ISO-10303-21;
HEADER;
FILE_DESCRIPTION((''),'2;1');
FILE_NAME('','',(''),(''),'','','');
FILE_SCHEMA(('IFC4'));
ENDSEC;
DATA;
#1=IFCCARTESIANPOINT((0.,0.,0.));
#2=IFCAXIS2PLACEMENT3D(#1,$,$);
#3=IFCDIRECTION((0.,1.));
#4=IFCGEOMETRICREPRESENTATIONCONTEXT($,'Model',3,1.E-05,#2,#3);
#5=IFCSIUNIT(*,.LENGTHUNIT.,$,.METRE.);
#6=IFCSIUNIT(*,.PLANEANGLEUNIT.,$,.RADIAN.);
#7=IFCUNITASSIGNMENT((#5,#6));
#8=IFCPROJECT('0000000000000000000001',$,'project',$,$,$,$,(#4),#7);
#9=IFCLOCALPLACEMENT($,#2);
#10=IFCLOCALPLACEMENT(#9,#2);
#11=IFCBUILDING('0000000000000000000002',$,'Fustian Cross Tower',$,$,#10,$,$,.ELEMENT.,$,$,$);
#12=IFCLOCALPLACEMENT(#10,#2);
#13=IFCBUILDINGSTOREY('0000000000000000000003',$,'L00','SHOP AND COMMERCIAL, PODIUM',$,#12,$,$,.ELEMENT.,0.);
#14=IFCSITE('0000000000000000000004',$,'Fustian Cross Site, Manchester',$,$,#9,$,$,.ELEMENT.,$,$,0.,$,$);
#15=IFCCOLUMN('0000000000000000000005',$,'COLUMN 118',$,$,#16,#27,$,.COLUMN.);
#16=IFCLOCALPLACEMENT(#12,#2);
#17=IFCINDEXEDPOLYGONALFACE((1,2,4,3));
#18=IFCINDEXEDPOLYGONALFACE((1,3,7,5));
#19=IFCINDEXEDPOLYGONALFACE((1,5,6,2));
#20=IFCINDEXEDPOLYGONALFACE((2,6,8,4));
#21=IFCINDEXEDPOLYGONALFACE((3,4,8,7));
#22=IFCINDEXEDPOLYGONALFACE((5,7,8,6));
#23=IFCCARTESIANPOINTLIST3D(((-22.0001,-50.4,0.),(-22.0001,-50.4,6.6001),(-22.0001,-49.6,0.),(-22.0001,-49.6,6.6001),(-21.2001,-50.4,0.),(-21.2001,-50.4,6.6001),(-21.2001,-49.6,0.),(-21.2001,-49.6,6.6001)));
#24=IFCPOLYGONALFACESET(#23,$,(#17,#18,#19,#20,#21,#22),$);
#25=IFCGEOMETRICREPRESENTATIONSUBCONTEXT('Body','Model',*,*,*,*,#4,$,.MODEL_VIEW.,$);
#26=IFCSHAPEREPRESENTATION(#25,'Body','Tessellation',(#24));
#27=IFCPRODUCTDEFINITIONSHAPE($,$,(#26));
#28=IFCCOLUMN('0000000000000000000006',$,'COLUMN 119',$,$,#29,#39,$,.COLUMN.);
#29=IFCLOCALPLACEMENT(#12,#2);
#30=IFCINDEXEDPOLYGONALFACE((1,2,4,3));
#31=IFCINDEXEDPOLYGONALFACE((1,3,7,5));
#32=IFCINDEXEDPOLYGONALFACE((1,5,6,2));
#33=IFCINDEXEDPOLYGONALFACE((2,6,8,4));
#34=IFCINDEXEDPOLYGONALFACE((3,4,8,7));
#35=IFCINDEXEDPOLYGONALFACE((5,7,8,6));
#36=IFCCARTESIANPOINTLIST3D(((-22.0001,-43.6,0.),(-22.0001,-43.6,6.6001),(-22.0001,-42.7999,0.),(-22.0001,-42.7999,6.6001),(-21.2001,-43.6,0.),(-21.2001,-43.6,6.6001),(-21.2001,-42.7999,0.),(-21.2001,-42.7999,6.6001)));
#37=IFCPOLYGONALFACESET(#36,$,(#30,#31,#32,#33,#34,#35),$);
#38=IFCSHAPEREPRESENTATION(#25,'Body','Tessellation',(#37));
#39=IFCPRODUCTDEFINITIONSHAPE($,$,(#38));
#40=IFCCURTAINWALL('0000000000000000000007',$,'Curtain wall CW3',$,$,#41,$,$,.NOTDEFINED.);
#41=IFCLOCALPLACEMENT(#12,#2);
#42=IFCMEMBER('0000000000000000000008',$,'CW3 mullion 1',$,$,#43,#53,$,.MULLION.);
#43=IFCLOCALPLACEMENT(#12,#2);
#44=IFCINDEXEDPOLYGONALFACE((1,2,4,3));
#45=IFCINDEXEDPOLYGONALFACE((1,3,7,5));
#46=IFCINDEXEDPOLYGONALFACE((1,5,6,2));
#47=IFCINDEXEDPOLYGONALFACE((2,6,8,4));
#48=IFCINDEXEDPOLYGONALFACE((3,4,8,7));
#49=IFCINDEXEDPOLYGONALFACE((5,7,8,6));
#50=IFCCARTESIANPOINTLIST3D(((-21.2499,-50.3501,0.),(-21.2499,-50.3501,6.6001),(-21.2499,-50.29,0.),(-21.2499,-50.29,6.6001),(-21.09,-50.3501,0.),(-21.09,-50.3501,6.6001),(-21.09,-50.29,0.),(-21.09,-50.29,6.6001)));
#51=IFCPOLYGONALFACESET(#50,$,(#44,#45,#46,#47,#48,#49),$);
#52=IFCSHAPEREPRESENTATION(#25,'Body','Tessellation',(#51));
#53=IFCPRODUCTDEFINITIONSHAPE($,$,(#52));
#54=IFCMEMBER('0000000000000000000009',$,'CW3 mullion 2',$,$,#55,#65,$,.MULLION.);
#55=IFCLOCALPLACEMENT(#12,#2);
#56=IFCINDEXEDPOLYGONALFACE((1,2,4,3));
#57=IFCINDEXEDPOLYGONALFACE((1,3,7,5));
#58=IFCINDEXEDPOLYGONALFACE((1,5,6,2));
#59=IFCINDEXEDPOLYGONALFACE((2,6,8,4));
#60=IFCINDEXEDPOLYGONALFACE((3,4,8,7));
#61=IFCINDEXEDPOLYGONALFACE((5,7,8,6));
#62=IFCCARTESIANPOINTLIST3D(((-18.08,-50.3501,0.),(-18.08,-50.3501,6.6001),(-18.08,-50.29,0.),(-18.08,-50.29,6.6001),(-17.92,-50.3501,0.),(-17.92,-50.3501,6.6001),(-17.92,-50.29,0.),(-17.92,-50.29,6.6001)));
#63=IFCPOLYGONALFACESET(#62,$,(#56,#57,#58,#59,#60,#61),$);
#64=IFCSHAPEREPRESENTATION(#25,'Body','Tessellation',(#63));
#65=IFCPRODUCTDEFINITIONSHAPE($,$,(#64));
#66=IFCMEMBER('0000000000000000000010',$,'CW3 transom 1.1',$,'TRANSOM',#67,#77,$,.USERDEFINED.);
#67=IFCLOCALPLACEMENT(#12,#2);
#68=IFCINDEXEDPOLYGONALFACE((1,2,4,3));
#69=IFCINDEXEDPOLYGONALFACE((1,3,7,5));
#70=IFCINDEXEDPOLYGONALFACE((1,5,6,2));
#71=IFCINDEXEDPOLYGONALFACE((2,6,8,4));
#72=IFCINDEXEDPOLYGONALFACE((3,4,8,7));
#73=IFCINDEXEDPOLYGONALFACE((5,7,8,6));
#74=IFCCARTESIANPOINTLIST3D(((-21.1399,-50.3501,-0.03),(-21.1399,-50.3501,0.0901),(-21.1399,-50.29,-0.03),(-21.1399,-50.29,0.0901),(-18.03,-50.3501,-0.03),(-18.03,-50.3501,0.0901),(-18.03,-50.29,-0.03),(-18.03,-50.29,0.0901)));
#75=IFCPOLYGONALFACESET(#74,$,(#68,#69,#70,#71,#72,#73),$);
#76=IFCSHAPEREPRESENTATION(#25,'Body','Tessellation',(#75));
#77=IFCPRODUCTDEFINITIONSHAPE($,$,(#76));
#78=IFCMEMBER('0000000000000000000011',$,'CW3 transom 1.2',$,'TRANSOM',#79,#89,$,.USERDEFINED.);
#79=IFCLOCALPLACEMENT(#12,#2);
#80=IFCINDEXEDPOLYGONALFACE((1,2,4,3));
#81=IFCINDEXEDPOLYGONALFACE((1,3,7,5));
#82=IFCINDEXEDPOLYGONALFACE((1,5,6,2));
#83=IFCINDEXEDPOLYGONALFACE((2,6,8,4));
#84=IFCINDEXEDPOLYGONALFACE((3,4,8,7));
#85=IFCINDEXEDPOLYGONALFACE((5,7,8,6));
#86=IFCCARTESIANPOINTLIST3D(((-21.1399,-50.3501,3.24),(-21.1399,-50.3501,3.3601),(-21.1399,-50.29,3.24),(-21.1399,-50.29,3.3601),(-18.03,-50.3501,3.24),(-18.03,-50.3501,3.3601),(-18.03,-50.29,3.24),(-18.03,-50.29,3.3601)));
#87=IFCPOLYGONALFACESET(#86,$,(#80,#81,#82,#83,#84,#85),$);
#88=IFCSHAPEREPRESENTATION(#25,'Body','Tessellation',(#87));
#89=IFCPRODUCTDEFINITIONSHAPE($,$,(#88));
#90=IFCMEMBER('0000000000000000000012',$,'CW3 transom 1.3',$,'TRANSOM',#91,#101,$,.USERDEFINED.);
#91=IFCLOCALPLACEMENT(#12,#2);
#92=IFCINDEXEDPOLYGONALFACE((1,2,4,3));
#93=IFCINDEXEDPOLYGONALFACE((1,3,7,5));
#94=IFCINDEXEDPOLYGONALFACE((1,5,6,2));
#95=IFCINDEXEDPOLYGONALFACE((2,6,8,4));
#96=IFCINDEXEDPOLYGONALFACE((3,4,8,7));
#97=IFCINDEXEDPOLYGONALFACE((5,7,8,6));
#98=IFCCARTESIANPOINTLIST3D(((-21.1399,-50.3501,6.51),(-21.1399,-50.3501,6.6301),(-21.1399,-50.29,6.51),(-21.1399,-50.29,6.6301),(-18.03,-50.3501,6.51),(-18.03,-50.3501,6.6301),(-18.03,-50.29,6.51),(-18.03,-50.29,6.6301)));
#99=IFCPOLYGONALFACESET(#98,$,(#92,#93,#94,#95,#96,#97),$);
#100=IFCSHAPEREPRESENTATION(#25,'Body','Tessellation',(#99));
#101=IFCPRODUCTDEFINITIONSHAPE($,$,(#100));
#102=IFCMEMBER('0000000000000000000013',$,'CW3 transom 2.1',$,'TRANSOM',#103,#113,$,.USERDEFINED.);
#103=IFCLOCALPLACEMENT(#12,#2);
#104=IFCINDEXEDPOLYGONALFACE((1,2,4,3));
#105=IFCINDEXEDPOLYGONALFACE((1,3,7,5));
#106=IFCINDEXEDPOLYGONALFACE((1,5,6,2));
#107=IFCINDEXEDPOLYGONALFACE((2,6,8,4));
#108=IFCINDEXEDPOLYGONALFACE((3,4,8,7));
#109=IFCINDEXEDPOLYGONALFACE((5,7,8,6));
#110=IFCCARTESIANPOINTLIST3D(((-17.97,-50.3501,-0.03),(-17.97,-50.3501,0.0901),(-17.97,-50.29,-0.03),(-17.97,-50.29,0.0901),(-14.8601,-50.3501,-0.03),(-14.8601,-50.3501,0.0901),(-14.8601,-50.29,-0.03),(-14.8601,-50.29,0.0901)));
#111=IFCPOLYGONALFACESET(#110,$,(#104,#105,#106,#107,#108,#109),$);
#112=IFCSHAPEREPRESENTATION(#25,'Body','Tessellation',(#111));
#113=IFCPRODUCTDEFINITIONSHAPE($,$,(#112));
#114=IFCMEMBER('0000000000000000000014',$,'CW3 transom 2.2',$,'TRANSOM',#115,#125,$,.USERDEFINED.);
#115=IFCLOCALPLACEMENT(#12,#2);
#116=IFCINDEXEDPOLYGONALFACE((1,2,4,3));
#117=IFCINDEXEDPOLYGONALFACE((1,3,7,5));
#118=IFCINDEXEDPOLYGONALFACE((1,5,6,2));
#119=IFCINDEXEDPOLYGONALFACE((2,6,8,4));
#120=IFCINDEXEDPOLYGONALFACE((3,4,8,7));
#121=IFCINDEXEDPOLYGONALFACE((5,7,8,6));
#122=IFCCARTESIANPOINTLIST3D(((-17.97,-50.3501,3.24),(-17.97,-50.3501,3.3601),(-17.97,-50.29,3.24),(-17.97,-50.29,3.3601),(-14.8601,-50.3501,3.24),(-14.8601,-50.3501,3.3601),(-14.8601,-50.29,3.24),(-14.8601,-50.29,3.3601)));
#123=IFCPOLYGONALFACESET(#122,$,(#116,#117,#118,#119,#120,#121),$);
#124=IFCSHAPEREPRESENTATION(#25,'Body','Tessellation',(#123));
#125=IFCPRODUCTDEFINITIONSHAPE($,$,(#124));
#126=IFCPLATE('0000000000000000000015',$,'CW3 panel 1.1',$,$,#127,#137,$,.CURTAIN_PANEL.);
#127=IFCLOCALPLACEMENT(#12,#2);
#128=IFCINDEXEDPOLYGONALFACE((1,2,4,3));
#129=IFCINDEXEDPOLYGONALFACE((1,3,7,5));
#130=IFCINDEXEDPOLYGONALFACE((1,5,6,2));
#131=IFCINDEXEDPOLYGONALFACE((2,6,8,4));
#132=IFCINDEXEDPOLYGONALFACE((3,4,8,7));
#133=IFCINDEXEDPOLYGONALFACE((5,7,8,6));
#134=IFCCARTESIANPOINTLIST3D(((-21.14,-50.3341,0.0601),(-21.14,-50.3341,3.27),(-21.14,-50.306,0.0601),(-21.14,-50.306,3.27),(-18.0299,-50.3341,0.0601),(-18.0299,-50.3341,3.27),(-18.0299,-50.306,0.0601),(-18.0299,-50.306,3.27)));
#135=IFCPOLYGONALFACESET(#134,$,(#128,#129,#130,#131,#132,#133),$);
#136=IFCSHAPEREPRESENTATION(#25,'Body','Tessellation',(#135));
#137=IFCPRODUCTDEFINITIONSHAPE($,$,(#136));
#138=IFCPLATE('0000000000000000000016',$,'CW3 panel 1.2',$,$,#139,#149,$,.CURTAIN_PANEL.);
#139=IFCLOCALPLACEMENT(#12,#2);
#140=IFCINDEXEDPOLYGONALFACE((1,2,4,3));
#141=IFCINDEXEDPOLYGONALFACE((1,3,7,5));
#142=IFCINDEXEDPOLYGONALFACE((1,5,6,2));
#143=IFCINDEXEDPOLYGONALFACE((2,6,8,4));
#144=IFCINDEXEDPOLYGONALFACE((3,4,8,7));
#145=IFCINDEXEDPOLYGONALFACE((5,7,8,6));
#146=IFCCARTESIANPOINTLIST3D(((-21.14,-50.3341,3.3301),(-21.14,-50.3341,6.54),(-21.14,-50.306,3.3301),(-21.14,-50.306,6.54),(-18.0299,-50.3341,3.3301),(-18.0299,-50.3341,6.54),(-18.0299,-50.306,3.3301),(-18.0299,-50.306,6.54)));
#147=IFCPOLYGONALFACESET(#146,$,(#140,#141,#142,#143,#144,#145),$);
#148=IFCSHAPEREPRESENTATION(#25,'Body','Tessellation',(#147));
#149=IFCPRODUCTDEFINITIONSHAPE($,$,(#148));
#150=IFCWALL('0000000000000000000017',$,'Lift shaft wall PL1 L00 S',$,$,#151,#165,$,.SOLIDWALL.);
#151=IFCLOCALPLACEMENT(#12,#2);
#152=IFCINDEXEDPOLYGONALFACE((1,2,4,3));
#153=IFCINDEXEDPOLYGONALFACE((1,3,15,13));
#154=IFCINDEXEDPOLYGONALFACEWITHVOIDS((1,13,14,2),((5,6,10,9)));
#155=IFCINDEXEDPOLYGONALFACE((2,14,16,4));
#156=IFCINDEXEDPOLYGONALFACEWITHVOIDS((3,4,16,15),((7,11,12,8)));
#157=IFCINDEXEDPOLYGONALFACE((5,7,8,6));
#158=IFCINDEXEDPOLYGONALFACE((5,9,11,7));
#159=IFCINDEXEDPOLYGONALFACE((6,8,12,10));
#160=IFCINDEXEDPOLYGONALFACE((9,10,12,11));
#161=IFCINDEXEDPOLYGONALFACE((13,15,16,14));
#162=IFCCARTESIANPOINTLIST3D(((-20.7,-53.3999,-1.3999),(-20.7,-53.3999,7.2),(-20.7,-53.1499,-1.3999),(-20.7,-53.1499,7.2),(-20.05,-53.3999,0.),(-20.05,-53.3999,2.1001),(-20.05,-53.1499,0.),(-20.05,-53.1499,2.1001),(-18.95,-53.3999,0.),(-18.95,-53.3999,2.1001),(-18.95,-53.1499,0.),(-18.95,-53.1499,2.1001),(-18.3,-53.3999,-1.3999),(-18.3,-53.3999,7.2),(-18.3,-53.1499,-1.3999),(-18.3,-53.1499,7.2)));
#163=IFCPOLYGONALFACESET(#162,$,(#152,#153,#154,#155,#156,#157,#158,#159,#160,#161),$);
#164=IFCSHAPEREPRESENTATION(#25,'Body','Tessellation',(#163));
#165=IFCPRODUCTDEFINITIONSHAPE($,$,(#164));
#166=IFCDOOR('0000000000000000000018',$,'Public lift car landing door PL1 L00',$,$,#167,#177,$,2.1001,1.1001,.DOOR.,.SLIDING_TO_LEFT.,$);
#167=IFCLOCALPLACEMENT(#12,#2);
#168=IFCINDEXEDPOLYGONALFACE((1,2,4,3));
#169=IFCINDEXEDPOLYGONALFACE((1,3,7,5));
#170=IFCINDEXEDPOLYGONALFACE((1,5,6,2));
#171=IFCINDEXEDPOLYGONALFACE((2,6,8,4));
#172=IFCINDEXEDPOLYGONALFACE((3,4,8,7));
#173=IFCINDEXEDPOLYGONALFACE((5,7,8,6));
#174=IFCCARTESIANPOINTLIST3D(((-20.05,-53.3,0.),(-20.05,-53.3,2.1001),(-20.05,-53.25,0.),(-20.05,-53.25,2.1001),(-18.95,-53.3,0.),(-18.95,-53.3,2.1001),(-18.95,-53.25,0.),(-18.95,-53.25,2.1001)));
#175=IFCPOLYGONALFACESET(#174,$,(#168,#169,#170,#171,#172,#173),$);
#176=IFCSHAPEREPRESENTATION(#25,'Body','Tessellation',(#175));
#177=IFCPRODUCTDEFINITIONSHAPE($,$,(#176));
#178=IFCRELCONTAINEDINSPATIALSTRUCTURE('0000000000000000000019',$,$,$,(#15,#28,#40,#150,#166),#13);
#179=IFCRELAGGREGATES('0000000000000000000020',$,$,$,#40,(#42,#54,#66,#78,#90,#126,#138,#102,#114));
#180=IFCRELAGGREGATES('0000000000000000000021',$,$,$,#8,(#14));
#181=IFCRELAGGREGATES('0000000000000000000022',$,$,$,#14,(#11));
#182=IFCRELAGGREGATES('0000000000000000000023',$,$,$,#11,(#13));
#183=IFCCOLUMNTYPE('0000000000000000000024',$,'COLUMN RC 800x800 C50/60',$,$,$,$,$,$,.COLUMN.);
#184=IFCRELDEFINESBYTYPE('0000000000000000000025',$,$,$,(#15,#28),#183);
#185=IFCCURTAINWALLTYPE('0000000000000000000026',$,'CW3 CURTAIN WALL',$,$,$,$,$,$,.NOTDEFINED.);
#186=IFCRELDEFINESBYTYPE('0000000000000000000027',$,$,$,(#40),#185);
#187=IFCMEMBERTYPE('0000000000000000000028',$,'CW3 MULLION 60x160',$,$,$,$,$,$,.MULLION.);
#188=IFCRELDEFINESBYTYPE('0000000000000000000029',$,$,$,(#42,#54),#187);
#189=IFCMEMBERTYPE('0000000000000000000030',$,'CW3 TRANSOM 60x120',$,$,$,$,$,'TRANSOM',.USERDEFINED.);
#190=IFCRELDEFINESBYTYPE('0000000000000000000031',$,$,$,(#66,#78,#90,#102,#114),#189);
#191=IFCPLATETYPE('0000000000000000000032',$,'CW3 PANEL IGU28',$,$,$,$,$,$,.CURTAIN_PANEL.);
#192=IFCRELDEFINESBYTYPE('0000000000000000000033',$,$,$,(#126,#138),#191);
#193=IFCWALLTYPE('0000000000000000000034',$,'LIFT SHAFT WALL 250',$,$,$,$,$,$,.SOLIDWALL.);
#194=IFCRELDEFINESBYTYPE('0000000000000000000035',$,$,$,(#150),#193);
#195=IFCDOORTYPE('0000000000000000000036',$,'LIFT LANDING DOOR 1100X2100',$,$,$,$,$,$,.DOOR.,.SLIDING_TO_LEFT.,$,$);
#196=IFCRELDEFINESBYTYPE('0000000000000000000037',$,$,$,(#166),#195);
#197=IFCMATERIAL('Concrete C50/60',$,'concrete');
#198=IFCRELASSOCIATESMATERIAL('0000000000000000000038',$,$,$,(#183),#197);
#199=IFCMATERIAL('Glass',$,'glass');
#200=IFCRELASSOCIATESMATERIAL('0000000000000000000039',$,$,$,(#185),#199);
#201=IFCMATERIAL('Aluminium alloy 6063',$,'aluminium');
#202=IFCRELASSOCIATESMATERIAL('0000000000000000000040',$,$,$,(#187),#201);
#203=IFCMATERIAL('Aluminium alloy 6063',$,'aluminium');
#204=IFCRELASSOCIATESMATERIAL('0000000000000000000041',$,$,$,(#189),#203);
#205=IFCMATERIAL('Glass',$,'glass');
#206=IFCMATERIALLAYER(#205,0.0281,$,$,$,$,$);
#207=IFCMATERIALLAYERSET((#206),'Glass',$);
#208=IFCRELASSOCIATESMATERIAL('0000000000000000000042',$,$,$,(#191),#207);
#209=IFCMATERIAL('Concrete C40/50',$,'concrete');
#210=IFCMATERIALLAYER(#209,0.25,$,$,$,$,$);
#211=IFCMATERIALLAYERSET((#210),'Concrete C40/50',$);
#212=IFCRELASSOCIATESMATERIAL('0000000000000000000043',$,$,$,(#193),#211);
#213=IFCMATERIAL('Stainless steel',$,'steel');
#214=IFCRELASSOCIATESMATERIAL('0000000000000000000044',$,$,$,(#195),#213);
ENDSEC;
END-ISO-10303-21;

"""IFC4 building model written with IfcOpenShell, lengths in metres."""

from ifc_helpers import new_model, si_unit, direction, frame, frame_2d, origin, origin_2d, place, context, subcontext, project, spatial, rectangle, extrude, material, layer, layer_set, material_profile, profile_set, type_object, element, fill, aggregate, save


model = new_model("IFC4")

# Units and contexts
model_context = context("Model", 3, precision=1e-05, world=origin(), true_north=direction((0.0, 1.0)))
body_context = subcontext(model_context, "Body", "Model", "MODEL_VIEW")
ifc_project = project(units=[si_unit("LENGTHUNIT", "METRE"), si_unit("PLANEANGLEUNIT", "RADIAN")], contexts=[model_context])

# Site, building, storey
site_placement = place(None, origin())
site = spatial("IfcSite", under=ifc_project, at=site_placement, Name="Fustian Cross Site, Manchester", CompositionType="ELEMENT", RefElevation=0.0)
building_placement = place(site_placement, origin())
building = spatial("IfcBuilding", under=site, at=building_placement, Name="Fustian Cross Tower", CompositionType="ELEMENT")
storey_placement = place(building_placement, origin())
storey = spatial("IfcBuildingStorey", under=building, at=storey_placement, Name="L00", Description="SHOP AND COMMERCIAL, PODIUM", CompositionType="ELEMENT", Elevation=0.0)

# Columns
ifc_material_1 = material(Name="Concrete C50/60", Category="concrete")
ifc_material_profile_1 = material_profile(ifc_material_1, rectangle(XDim=0.8, YDim=0.8, at=origin_2d()), Name="RC 800x800")
ifc_profile_set_1 = profile_set([ifc_material_profile_1], Name="Concrete C50/60")
column_type = type_object("IfcColumnType", Name="COLUMN RC 800x800 C50/60", PredefinedType="COLUMN", material=ifc_profile_set_1)
for number, where, z_axis, x_axis, name in (
    (1, (-21.6001, -50.0, 0.0), (0.0, 0.0, 1.0), (1.0, 0.0, 0.0), "COLUMN 118"),
    (2, (-21.6001, -43.2, 0.0), (0.0, 0.0, 1.0), (1.0, 0.0, 0.0), "COLUMN 119"),
):
    element("IfcColumn", number, at=place(storey_placement, frame(where, z_axis=z_axis, x_axis=x_axis)), inside=storey, type_object=column_type, Name=name, PredefinedType="COLUMN", context=body_context, shape_type="SweptSolid", body=[
        extrude(rectangle(XDim=0.8, YDim=0.8, at=origin_2d()), origin(), (0.0, 0.0, 1.0), 6.6001),
    ])

# Curtain wall, members, plates
ifc_material_2 = material(Name="Glass", Category="glass")
curtain_wall_type = type_object("IfcCurtainWallType", Name="CW3 CURTAIN WALL", PredefinedType="NOTDEFINED", material=ifc_material_2)
curtain_wall_placement = place(storey_placement, origin())
curtain_wall = element("IfcCurtainWall", 3, at=curtain_wall_placement, inside=storey, type_object=curtain_wall_type, Name="Curtain wall CW3", PredefinedType="NOTDEFINED")
ifc_material_3 = material(Name="Aluminium alloy 6063", Category="aluminium")
ifc_material_profile_2 = material_profile(ifc_material_3, rectangle(XDim=0.0601, YDim=0.1599, at=origin_2d()), Name="CW3 MULLION 60x160")
ifc_profile_set_2 = profile_set([ifc_material_profile_2], Name="Aluminium alloy 6063")
member_type_1 = type_object("IfcMemberType", Name="CW3 MULLION 60x160", PredefinedType="MULLION", material=ifc_profile_set_2)
member_1_placement = place(storey_placement, frame((-21.1699, -50.3201, 0.0), z_axis=(0.0, 0.0, 1.0), x_axis=(0.0, 1.0, 0.0)))
member_1 = element("IfcMember", 4, at=member_1_placement, type_object=member_type_1, Name="CW3 mullion 1", PredefinedType="MULLION", context=body_context, shape_type="SweptSolid", body=[
    extrude(rectangle(XDim=0.0601, YDim=0.1599, at=origin_2d()), origin(), (0.0, 0.0, 1.0), 6.6001),
])
member_2_placement = place(storey_placement, frame((-18.0, -50.3201, 0.0), z_axis=(0.0, 0.0, 1.0), x_axis=(0.0, 1.0, 0.0)))
member_2 = element("IfcMember", 5, at=member_2_placement, type_object=member_type_1, Name="CW3 mullion 2", PredefinedType="MULLION", context=body_context, shape_type="SweptSolid", body=[
    extrude(rectangle(XDim=0.0601, YDim=0.1599, at=origin_2d()), origin(), (0.0, 0.0, 1.0), 6.6001),
])
ifc_material_4 = material(Name="Aluminium alloy 6063", Category="aluminium")
ifc_material_profile_3 = material_profile(ifc_material_4, rectangle(XDim=0.0601, YDim=0.1201, at=origin_2d()), Name="CW3 TRANSOM 60x120")
ifc_profile_set_3 = profile_set([ifc_material_profile_3], Name="Aluminium alloy 6063")
member_type_2 = type_object("IfcMemberType", Name="CW3 TRANSOM 60x120", ElementType="TRANSOM", PredefinedType="USERDEFINED", material=ifc_profile_set_3)
member_3_placement = place(storey_placement, frame((-21.1399, -50.3201, 0.03), z_axis=(1.0, 0.0, 0.0), x_axis=(0.0, 1.0, 0.0)))
member_3 = element("IfcMember", 6, at=member_3_placement, type_object=member_type_2, Name="CW3 transom 1.1", ObjectType="TRANSOM", PredefinedType="USERDEFINED", context=body_context, shape_type="SweptSolid", body=[
    extrude(rectangle(XDim=0.0601, YDim=0.1201, at=origin_2d()), origin(), (0.0, 0.0, 1.0), 3.1099),
])
member_4_placement = place(storey_placement, frame((-21.1399, -50.3201, 3.3), z_axis=(1.0, 0.0, 0.0), x_axis=(0.0, 1.0, 0.0)))
member_4 = element("IfcMember", 7, at=member_4_placement, type_object=member_type_2, Name="CW3 transom 1.2", ObjectType="TRANSOM", PredefinedType="USERDEFINED", context=body_context, shape_type="SweptSolid", body=[
    extrude(rectangle(XDim=0.0601, YDim=0.1201, at=origin_2d()), origin(), (0.0, 0.0, 1.0), 3.1099),
])
member_5_placement = place(storey_placement, frame((-21.1399, -50.3201, 6.5701), z_axis=(1.0, 0.0, 0.0), x_axis=(0.0, 1.0, 0.0)))
member_5 = element("IfcMember", 8, at=member_5_placement, type_object=member_type_2, Name="CW3 transom 1.3", ObjectType="TRANSOM", PredefinedType="USERDEFINED", context=body_context, shape_type="SweptSolid", body=[
    extrude(rectangle(XDim=0.0601, YDim=0.1201, at=origin_2d()), origin(), (0.0, 0.0, 1.0), 3.1099),
])
member_6_placement = place(storey_placement, frame((-17.97, -50.3201, 0.03), z_axis=(1.0, 0.0, 0.0), x_axis=(0.0, 1.0, 0.0)))
member_6 = element("IfcMember", 9, at=member_6_placement, type_object=member_type_2, Name="CW3 transom 2.1", ObjectType="TRANSOM", PredefinedType="USERDEFINED", context=body_context, shape_type="SweptSolid", body=[
    extrude(rectangle(XDim=0.0601, YDim=0.1201, at=origin_2d()), origin(), (0.0, 0.0, 1.0), 3.1099),
])
member_7_placement = place(storey_placement, frame((-17.97, -50.3201, 3.3), z_axis=(1.0, 0.0, 0.0), x_axis=(0.0, 1.0, 0.0)))
member_7 = element("IfcMember", 10, at=member_7_placement, type_object=member_type_2, Name="CW3 transom 2.2", ObjectType="TRANSOM", PredefinedType="USERDEFINED", context=body_context, shape_type="SweptSolid", body=[
    extrude(rectangle(XDim=0.0601, YDim=0.1201, at=origin_2d()), origin(), (0.0, 0.0, 1.0), 3.1099),
])
ifc_material_5 = material(Name="Glass", Category="glass")
ifc_layer_1 = layer(ifc_material_5, 0.0281)
ifc_layer_set_1 = layer_set([ifc_layer_1], Name="Glass")
plate_type = type_object("IfcPlateType", Name="CW3 PANEL IGU28", PredefinedType="CURTAIN_PANEL", material=ifc_layer_set_1)
plate_1_placement = place(storey_placement, frame((-19.585, -50.3201, 0.0601), z_axis=(0.0, 0.0, 1.0), x_axis=(1.0, 0.0, 0.0)))
plate_1 = element("IfcPlate", 11, at=plate_1_placement, type_object=plate_type, Name="CW3 panel 1.1", PredefinedType="CURTAIN_PANEL", context=body_context, shape_type="SweptSolid", body=[
    extrude(rectangle(XDim=3.1101, YDim=0.0281, at=origin_2d()), origin(), (0.0, 0.0, 1.0), 3.21),
])
plate_2_placement = place(storey_placement, frame((-19.585, -50.3201, 3.3301), z_axis=(0.0, 0.0, 1.0), x_axis=(1.0, 0.0, 0.0)))
plate_2 = element("IfcPlate", 12, at=plate_2_placement, type_object=plate_type, Name="CW3 panel 1.2", PredefinedType="CURTAIN_PANEL", context=body_context, shape_type="SweptSolid", body=[
    extrude(rectangle(XDim=3.1101, YDim=0.0281, at=origin_2d()), origin(), (0.0, 0.0, 1.0), 3.21),
])
aggregate(curtain_wall, [member_1, member_2, member_3, member_4, member_5, plate_1, plate_2, member_6, member_7])

# Wall, opening, door
ifc_material_6 = material(Name="Concrete C40/50", Category="concrete")
ifc_layer_2 = layer(ifc_material_6, 0.25)
ifc_layer_set_2 = layer_set([ifc_layer_2], Name="Concrete C40/50")
wall_type_1 = type_object("IfcWallType", Name="LIFT SHAFT WALL 250", PredefinedType="SOLIDWALL", material=ifc_layer_set_2)
wall_1_placement = place(storey_placement, frame((-20.7, -53.2749, -1.3999), z_axis=(0.0, 0.0, 1.0), x_axis=(1.0, 0.0, 0.0)))
wall_1 = element("IfcWall", 13, at=wall_1_placement, inside=storey, type_object=wall_type_1, Name="Lift shaft wall PL1 L00 S", PredefinedType="SOLIDWALL", context=body_context, shape_type="SweptSolid", body=[
    extrude(rectangle(XDim=2.3999, YDim=0.25, at=frame_2d((1.2, 0.0))), origin(), (0.0, 0.0, 1.0), 8.5999),
])
opening_1_placement = place(wall_1_placement, frame((0.6499, 0.0, 1.3999)))
opening_1 = element("IfcOpeningElement", 14, at=opening_1_placement, cuts=wall_1, PredefinedType="OPENING", context=body_context, shape_type="SweptSolid", body=[
    extrude(rectangle(XDim=1.1001, YDim=2.1001, at=frame_2d((0.55, 1.05))), frame((0.0, 0.135, 0.0), z_axis=(0.0, -1.0, 0.0), x_axis=(1.0, 0.0, 0.0)), (0.0, 0.0, 1.0), 0.27),
])
ifc_material_7 = material(Name="Stainless steel", Category="steel")
door_type_1 = type_object("IfcDoorType", Name="LIFT LANDING DOOR 1100X2100", OperationType="SLIDING_TO_LEFT", PredefinedType="DOOR", material=ifc_material_7)
door_1_placement = place(opening_1_placement, origin())
door_1 = element("IfcDoor", 15, at=door_1_placement, inside=storey, type_object=door_type_1, Name="Public lift car landing door PL1 L00", OperationType="SLIDING_TO_LEFT", OverallHeight=2.1001, OverallWidth=1.1001, PredefinedType="DOOR", context=body_context, shape_type="SweptSolid", body=[
    extrude(rectangle(XDim=1.1001, YDim=2.1001, at=frame_2d((0.55, 1.05))), frame((0.0, 0.0249, 0.0), z_axis=(0.0, -1.0, 0.0), x_axis=(1.0, 0.0, 0.0)), (0.0, 0.0, 1.0), 0.05),
])
fill(opening_1, door_1)

save(model, "model.ifc")
